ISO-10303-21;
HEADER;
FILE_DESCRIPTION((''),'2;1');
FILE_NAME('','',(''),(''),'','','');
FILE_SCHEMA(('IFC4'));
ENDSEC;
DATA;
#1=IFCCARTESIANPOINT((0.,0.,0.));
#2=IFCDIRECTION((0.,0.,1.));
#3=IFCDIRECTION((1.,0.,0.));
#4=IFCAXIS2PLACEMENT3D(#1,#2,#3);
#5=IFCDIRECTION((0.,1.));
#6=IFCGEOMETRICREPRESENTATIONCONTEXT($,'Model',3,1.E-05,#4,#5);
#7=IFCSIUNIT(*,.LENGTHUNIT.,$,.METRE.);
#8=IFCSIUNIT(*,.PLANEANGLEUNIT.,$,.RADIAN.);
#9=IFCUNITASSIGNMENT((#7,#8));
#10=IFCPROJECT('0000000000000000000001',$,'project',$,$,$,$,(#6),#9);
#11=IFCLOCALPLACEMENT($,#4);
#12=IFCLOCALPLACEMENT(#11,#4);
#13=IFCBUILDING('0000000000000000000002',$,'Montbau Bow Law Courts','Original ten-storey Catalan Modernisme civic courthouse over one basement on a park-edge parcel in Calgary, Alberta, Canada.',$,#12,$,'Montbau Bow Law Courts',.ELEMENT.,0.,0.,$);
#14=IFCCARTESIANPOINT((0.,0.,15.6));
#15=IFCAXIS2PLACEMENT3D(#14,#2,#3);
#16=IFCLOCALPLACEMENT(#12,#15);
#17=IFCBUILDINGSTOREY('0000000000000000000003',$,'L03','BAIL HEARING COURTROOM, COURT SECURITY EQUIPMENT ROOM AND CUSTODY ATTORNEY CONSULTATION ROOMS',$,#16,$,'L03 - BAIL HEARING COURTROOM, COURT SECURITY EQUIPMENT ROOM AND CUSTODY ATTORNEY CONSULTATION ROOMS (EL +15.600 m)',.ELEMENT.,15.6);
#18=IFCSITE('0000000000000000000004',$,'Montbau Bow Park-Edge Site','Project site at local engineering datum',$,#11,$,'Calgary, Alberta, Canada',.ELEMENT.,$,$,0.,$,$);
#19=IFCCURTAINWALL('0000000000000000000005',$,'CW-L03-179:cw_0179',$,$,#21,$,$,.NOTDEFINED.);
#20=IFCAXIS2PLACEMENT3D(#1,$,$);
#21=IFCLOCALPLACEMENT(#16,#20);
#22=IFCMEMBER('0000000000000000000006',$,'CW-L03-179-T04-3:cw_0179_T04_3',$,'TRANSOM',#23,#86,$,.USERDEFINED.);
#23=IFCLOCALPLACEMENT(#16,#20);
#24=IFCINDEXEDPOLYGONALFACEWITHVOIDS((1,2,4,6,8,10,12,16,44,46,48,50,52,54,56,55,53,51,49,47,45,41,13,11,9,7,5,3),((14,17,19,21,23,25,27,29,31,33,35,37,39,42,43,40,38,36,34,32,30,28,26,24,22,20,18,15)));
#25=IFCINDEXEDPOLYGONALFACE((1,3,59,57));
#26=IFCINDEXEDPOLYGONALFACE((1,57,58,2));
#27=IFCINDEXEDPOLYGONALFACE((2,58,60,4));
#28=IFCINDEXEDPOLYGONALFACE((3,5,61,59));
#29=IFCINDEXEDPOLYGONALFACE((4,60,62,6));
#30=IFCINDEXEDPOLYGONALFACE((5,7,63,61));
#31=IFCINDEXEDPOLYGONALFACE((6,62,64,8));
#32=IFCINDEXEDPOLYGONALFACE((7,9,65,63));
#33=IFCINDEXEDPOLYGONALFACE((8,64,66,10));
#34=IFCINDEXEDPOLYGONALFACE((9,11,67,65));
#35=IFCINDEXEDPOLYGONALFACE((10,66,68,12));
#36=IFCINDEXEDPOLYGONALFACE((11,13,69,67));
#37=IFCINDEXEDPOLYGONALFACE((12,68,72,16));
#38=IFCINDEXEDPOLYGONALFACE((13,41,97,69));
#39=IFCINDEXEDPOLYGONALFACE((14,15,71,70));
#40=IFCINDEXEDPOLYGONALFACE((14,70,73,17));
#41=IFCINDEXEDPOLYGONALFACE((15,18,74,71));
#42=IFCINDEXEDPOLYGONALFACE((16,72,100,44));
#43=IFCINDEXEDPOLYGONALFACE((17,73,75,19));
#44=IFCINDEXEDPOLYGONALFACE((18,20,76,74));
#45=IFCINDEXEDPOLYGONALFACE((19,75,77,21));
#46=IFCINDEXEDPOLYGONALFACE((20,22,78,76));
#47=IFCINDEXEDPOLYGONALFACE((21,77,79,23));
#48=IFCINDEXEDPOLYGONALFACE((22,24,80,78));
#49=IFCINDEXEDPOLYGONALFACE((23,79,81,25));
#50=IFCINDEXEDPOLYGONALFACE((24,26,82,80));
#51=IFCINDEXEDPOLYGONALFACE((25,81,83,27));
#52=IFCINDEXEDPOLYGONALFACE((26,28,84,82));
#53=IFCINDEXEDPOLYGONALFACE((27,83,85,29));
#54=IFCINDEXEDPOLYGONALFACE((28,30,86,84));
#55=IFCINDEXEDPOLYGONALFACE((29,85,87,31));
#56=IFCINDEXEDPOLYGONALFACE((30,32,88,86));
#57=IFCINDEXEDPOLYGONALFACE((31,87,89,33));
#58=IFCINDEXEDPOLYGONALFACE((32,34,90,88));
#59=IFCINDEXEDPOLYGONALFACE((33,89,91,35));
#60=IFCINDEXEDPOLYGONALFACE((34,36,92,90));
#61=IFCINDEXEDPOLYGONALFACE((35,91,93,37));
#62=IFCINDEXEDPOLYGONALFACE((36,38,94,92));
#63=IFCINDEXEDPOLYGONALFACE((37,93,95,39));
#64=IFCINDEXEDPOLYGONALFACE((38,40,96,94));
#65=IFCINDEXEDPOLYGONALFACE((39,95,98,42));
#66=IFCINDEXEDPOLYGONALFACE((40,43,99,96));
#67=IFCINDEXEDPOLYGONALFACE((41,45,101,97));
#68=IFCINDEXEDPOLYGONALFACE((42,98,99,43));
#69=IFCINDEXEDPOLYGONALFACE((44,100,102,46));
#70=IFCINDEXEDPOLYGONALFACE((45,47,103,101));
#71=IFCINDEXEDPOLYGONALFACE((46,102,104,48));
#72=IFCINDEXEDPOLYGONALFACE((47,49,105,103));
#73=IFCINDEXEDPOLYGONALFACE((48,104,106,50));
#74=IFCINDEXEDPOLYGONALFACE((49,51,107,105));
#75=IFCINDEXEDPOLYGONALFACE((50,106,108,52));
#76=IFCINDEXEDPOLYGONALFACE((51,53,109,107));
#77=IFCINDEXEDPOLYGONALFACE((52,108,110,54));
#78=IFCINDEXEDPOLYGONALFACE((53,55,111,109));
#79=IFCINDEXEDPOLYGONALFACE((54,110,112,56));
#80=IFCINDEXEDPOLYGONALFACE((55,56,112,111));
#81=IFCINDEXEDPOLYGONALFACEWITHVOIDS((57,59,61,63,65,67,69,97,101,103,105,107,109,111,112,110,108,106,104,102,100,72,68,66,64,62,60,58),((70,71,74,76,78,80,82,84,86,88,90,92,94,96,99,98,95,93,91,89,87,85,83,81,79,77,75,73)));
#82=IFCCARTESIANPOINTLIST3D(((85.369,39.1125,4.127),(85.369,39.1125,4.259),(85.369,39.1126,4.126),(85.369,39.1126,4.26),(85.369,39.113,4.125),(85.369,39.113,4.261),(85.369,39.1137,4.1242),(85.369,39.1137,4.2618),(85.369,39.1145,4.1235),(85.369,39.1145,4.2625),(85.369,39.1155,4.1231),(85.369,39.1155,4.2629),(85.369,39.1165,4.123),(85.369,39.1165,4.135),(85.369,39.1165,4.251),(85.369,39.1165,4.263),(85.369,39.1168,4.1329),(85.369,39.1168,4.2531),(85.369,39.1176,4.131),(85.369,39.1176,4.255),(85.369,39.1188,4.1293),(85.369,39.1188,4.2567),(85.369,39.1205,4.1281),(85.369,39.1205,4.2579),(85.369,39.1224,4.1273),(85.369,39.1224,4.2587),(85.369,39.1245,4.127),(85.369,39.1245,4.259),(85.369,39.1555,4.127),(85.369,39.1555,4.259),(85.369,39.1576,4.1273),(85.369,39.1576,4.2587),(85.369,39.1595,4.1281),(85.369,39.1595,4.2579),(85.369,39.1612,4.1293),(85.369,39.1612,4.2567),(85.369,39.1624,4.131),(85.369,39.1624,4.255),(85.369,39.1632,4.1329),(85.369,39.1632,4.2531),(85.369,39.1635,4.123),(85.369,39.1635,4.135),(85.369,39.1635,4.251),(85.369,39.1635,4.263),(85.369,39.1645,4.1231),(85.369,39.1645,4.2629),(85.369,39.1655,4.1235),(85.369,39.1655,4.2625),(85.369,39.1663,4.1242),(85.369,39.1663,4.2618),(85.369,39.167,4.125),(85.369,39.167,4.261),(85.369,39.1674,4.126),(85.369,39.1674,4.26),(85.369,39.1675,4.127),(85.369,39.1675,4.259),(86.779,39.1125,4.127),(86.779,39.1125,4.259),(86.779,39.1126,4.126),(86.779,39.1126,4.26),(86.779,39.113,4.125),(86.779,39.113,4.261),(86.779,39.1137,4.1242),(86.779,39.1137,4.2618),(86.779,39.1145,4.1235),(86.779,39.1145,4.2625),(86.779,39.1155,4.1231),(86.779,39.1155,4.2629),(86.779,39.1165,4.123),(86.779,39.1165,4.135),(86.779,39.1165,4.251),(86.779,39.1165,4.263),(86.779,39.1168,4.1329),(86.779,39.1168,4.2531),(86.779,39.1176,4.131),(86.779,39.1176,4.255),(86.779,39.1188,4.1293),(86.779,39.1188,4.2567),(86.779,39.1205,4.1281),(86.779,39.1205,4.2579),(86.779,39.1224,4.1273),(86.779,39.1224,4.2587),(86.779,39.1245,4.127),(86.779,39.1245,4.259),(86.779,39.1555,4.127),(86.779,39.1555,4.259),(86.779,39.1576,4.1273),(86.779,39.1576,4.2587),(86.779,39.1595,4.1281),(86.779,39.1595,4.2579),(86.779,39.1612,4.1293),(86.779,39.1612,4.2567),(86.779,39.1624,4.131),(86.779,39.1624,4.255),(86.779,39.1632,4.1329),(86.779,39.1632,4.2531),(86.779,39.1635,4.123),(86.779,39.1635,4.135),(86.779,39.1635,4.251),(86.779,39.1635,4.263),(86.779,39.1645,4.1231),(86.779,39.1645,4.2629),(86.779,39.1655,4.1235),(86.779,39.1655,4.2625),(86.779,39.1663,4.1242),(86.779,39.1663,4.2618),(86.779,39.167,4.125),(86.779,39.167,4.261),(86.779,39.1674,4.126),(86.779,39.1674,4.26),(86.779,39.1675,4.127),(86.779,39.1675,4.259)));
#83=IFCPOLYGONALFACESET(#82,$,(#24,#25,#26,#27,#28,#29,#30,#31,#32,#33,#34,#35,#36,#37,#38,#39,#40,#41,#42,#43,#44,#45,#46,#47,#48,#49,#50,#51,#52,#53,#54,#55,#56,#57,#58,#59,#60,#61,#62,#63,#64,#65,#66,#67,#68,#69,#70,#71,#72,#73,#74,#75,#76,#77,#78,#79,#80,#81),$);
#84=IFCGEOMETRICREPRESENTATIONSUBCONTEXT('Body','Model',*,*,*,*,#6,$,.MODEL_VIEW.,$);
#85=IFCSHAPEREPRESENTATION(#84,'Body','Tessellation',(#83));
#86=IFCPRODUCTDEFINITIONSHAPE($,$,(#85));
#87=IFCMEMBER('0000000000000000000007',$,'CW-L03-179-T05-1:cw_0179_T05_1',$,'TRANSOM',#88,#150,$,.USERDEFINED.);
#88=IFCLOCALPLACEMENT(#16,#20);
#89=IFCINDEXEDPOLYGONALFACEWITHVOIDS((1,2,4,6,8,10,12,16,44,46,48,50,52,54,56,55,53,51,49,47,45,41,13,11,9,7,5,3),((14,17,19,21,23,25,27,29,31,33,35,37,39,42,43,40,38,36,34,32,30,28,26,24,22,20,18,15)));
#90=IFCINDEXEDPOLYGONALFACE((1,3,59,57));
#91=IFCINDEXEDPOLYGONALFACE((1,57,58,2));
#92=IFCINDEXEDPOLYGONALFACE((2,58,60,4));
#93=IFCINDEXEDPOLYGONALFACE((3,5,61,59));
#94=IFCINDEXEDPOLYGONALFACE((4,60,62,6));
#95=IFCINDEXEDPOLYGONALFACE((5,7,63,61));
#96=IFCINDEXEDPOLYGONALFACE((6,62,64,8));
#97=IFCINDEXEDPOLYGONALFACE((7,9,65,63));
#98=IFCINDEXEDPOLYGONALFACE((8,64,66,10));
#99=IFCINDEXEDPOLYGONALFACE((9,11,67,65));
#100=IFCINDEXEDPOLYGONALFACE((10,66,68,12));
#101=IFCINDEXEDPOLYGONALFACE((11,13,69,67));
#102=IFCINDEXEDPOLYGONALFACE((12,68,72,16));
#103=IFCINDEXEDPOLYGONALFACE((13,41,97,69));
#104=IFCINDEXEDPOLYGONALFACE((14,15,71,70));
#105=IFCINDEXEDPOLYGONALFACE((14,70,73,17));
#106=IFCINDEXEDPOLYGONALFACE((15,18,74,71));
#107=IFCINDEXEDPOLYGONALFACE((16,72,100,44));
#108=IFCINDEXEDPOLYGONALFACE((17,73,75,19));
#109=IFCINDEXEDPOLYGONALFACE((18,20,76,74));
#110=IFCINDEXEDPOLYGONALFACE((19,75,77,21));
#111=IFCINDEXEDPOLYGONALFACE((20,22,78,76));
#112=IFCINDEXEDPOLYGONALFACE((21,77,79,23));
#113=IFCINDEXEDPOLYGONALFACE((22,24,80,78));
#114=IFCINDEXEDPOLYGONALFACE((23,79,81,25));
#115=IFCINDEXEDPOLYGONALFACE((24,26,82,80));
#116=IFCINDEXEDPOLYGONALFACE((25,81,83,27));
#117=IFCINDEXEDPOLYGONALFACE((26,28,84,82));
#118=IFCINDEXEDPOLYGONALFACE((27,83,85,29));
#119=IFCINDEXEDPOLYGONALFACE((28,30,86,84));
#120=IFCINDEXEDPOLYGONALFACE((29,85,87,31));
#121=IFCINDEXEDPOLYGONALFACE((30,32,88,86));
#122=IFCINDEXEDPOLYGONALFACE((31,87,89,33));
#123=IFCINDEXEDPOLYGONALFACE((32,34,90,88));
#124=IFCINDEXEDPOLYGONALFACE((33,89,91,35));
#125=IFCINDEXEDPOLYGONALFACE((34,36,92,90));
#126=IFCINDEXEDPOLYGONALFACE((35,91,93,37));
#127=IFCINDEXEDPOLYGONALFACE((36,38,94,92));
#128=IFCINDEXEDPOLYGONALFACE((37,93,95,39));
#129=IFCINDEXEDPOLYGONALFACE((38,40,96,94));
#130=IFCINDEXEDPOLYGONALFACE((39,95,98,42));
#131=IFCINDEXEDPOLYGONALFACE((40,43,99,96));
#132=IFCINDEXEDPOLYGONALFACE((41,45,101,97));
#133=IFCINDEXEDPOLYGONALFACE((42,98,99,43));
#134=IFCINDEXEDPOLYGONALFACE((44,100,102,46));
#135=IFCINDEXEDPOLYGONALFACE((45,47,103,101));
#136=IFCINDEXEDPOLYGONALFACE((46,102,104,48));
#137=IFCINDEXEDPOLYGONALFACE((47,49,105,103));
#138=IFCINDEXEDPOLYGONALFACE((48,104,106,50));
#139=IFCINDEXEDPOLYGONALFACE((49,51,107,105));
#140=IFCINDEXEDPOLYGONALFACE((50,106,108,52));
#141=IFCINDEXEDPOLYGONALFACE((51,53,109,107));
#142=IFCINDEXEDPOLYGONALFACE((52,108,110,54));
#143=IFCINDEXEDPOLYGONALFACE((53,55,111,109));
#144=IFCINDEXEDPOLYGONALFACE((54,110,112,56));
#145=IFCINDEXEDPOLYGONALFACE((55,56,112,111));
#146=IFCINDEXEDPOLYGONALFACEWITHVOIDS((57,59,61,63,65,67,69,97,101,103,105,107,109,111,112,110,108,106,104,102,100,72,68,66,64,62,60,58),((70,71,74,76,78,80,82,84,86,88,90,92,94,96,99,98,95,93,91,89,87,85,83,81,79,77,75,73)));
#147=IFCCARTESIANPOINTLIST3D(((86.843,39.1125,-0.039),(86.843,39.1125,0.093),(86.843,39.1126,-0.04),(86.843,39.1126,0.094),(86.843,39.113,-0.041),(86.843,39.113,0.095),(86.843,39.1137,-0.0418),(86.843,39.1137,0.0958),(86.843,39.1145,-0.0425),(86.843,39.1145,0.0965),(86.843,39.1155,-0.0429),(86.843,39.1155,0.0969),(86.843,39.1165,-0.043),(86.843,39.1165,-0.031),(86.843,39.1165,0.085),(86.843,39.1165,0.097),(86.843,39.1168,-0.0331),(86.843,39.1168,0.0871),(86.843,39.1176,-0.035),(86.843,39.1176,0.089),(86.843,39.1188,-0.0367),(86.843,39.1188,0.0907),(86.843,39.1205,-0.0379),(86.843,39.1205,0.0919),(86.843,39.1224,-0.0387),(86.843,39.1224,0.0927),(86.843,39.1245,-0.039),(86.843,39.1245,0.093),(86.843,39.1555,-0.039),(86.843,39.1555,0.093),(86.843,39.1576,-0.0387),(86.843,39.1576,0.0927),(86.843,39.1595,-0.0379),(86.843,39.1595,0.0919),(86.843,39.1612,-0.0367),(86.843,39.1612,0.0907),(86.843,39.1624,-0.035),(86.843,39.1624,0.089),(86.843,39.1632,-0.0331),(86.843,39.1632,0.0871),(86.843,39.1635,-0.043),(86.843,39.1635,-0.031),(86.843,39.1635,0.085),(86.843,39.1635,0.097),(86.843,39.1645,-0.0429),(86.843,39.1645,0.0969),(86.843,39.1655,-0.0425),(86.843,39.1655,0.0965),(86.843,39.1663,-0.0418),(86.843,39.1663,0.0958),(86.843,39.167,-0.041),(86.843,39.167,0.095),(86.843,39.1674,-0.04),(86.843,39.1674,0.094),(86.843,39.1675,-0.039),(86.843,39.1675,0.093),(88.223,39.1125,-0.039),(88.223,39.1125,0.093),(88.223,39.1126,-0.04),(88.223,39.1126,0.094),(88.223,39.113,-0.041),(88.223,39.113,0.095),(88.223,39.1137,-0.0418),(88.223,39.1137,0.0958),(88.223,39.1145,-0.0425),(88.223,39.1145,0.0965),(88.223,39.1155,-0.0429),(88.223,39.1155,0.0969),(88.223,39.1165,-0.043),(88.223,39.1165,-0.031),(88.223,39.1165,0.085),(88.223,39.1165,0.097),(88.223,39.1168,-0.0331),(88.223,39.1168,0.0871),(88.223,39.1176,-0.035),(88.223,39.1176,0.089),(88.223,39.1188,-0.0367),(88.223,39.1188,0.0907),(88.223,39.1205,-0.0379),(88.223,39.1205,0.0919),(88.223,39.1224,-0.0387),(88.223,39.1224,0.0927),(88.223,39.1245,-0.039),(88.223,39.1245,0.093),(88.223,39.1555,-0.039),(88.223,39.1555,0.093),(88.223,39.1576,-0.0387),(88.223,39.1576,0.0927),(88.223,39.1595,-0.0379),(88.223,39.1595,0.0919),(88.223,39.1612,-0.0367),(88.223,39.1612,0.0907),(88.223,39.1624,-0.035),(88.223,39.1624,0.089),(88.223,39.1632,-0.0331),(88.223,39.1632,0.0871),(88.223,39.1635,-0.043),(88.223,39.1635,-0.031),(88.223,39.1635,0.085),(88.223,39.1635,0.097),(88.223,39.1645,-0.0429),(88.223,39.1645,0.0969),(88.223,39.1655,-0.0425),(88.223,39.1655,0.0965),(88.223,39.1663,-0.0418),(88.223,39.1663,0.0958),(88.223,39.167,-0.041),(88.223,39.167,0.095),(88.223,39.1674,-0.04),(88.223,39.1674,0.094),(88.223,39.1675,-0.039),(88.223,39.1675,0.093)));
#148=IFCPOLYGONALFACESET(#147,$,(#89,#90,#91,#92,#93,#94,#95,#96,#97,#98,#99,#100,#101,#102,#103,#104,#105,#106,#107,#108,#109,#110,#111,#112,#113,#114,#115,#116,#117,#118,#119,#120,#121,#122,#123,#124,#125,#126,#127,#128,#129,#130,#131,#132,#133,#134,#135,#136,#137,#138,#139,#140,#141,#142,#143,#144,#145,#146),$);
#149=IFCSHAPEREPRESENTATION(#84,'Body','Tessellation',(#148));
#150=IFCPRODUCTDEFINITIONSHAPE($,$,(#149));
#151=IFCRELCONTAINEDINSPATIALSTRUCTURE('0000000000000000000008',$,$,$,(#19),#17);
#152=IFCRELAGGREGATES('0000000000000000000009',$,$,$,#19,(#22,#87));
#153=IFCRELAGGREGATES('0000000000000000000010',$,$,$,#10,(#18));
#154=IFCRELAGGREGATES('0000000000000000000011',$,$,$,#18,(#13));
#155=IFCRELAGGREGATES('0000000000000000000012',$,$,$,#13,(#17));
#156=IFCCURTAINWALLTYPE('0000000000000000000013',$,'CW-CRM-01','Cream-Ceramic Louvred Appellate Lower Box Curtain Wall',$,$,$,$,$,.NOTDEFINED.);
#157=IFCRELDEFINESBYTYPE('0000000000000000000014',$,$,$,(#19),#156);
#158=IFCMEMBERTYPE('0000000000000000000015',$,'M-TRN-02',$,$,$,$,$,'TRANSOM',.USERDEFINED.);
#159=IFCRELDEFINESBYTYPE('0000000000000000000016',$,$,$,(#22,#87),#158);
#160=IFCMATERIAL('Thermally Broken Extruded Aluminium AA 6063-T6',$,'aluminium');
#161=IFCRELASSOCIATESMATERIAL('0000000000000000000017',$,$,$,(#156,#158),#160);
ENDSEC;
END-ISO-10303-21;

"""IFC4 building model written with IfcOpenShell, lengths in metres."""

from ifc_helpers import new_model, si_unit, direction, frame, origin_with_axes, origin_2d_with_axis, place, context, subcontext, project, spatial, hollow_rectangle, extrude, material, material_profile, profile_set, type_object, element, aggregate, save


model = new_model("IFC4")

# Units and contexts
model_context = context("Model", 3, precision=1e-05, world=origin_with_axes(), true_north=direction((0.0, 1.0)))
body_context = subcontext(model_context, "Body", "Model", "MODEL_VIEW")
ifc_project = project(units=[si_unit("LENGTHUNIT", "METRE"), si_unit("PLANEANGLEUNIT", "RADIAN")], contexts=[model_context])

# Site, building, storey
site_placement = place(None, origin_with_axes())
site = spatial("IfcSite", under=ifc_project, at=site_placement, Name="Montbau Bow Park-Edge Site", Description="Project site at local engineering datum", LongName="Calgary, Alberta, Canada", CompositionType="ELEMENT", RefElevation=0.0)
building_placement = place(site_placement, origin_with_axes())
building = spatial("IfcBuilding", under=site, at=building_placement, Name="Montbau Bow Law Courts", Description="Original ten-storey Catalan Modernisme civic courthouse over one basement on a park-edge parcel in Calgary, Alberta, Canada.", LongName="Montbau Bow Law Courts", CompositionType="ELEMENT", ElevationOfRefHeight=0.0, ElevationOfTerrain=0.0)
storey_placement = place(building_placement, frame((0.0, 0.0, 15.6), z_axis=(0.0, 0.0, 1.0), x_axis=(1.0, 0.0, 0.0)))
storey = spatial("IfcBuildingStorey", under=building, at=storey_placement, Name="L03", Description="BAIL HEARING COURTROOM, COURT SECURITY EQUIPMENT ROOM AND CUSTODY ATTORNEY CONSULTATION ROOMS", LongName="L03 - BAIL HEARING COURTROOM, COURT SECURITY EQUIPMENT ROOM AND CUSTODY ATTORNEY CONSULTATION ROOMS (EL +15.600 m)", CompositionType="ELEMENT", Elevation=15.6)

# Curtain wall, members
ifc_material_1 = material(Name="Thermally Broken Extruded Aluminium AA 6063-T6", Category="aluminium")
curtain_wall_type = type_object("IfcCurtainWallType", Name="CW-CRM-01", Description="Cream-Ceramic Louvred Appellate Lower Box Curtain Wall", PredefinedType="NOTDEFINED", material=ifc_material_1)
curtain_wall_placement = place(None, frame((80.915, 39.14, 15.6), z_axis=(0.0, 0.0, 1.0), x_axis=(1.0, 0.0, 0.0)))
curtain_wall = element("IfcCurtainWall", 1, at=curtain_wall_placement, inside=storey, type_object=curtain_wall_type, Name="CW-L03-179:cw_0179", PredefinedType="NOTDEFINED")
ifc_material_profile_1 = material_profile(ifc_material_1, hollow_rectangle(XDim=0.055, YDim=0.14, WallThickness=0.004, InnerFilletRadius=0.008, OuterFilletRadius=0.004, at=origin_2d_with_axis()), Name="CWT-140X55", Category="Main", Priority=0)
ifc_profile_set_1 = profile_set([ifc_material_profile_1], Name="Thermally Broken Extruded Aluminium AA 6063-T6")
member_type_1 = type_object("IfcMemberType", Name="M-TRN-02", ElementType="TRANSOM", PredefinedType="USERDEFINED", material=ifc_profile_set_1)
member_1_placement = place(None, frame((85.369, 39.14, 19.793), z_axis=(1.0, 0.0, 0.0), x_axis=(0.0, 1.0, 0.0)))
member_1 = element("IfcMember", 2, at=member_1_placement, type_object=member_type_1, Name="CW-L03-179-T04-3:cw_0179_T04_3", ObjectType="TRANSOM", PredefinedType="USERDEFINED", context=body_context, shape_type="SweptSolid", body=[
    extrude(hollow_rectangle(XDim=0.055, YDim=0.14, WallThickness=0.004, InnerFilletRadius=0.008, OuterFilletRadius=0.004, at=origin_2d_with_axis()), origin_with_axes(), (0.0, 0.0, 1.0), 1.41),
])
member_2_placement = place(None, frame((86.843, 39.14, 15.627), z_axis=(1.0, 0.0, 0.0), x_axis=(0.0, 1.0, 0.0)))
member_2 = element("IfcMember", 3, at=member_2_placement, type_object=member_type_1, Name="CW-L03-179-T05-1:cw_0179_T05_1", ObjectType="TRANSOM", PredefinedType="USERDEFINED", context=body_context, shape_type="SweptSolid", body=[
    extrude(hollow_rectangle(XDim=0.055, YDim=0.14, WallThickness=0.004, InnerFilletRadius=0.008, OuterFilletRadius=0.004, at=origin_2d_with_axis()), origin_with_axes(), (0.0, 0.0, 1.0), 1.38),
])
aggregate(curtain_wall, [member_1, member_2])

save(model, "model.ifc")
